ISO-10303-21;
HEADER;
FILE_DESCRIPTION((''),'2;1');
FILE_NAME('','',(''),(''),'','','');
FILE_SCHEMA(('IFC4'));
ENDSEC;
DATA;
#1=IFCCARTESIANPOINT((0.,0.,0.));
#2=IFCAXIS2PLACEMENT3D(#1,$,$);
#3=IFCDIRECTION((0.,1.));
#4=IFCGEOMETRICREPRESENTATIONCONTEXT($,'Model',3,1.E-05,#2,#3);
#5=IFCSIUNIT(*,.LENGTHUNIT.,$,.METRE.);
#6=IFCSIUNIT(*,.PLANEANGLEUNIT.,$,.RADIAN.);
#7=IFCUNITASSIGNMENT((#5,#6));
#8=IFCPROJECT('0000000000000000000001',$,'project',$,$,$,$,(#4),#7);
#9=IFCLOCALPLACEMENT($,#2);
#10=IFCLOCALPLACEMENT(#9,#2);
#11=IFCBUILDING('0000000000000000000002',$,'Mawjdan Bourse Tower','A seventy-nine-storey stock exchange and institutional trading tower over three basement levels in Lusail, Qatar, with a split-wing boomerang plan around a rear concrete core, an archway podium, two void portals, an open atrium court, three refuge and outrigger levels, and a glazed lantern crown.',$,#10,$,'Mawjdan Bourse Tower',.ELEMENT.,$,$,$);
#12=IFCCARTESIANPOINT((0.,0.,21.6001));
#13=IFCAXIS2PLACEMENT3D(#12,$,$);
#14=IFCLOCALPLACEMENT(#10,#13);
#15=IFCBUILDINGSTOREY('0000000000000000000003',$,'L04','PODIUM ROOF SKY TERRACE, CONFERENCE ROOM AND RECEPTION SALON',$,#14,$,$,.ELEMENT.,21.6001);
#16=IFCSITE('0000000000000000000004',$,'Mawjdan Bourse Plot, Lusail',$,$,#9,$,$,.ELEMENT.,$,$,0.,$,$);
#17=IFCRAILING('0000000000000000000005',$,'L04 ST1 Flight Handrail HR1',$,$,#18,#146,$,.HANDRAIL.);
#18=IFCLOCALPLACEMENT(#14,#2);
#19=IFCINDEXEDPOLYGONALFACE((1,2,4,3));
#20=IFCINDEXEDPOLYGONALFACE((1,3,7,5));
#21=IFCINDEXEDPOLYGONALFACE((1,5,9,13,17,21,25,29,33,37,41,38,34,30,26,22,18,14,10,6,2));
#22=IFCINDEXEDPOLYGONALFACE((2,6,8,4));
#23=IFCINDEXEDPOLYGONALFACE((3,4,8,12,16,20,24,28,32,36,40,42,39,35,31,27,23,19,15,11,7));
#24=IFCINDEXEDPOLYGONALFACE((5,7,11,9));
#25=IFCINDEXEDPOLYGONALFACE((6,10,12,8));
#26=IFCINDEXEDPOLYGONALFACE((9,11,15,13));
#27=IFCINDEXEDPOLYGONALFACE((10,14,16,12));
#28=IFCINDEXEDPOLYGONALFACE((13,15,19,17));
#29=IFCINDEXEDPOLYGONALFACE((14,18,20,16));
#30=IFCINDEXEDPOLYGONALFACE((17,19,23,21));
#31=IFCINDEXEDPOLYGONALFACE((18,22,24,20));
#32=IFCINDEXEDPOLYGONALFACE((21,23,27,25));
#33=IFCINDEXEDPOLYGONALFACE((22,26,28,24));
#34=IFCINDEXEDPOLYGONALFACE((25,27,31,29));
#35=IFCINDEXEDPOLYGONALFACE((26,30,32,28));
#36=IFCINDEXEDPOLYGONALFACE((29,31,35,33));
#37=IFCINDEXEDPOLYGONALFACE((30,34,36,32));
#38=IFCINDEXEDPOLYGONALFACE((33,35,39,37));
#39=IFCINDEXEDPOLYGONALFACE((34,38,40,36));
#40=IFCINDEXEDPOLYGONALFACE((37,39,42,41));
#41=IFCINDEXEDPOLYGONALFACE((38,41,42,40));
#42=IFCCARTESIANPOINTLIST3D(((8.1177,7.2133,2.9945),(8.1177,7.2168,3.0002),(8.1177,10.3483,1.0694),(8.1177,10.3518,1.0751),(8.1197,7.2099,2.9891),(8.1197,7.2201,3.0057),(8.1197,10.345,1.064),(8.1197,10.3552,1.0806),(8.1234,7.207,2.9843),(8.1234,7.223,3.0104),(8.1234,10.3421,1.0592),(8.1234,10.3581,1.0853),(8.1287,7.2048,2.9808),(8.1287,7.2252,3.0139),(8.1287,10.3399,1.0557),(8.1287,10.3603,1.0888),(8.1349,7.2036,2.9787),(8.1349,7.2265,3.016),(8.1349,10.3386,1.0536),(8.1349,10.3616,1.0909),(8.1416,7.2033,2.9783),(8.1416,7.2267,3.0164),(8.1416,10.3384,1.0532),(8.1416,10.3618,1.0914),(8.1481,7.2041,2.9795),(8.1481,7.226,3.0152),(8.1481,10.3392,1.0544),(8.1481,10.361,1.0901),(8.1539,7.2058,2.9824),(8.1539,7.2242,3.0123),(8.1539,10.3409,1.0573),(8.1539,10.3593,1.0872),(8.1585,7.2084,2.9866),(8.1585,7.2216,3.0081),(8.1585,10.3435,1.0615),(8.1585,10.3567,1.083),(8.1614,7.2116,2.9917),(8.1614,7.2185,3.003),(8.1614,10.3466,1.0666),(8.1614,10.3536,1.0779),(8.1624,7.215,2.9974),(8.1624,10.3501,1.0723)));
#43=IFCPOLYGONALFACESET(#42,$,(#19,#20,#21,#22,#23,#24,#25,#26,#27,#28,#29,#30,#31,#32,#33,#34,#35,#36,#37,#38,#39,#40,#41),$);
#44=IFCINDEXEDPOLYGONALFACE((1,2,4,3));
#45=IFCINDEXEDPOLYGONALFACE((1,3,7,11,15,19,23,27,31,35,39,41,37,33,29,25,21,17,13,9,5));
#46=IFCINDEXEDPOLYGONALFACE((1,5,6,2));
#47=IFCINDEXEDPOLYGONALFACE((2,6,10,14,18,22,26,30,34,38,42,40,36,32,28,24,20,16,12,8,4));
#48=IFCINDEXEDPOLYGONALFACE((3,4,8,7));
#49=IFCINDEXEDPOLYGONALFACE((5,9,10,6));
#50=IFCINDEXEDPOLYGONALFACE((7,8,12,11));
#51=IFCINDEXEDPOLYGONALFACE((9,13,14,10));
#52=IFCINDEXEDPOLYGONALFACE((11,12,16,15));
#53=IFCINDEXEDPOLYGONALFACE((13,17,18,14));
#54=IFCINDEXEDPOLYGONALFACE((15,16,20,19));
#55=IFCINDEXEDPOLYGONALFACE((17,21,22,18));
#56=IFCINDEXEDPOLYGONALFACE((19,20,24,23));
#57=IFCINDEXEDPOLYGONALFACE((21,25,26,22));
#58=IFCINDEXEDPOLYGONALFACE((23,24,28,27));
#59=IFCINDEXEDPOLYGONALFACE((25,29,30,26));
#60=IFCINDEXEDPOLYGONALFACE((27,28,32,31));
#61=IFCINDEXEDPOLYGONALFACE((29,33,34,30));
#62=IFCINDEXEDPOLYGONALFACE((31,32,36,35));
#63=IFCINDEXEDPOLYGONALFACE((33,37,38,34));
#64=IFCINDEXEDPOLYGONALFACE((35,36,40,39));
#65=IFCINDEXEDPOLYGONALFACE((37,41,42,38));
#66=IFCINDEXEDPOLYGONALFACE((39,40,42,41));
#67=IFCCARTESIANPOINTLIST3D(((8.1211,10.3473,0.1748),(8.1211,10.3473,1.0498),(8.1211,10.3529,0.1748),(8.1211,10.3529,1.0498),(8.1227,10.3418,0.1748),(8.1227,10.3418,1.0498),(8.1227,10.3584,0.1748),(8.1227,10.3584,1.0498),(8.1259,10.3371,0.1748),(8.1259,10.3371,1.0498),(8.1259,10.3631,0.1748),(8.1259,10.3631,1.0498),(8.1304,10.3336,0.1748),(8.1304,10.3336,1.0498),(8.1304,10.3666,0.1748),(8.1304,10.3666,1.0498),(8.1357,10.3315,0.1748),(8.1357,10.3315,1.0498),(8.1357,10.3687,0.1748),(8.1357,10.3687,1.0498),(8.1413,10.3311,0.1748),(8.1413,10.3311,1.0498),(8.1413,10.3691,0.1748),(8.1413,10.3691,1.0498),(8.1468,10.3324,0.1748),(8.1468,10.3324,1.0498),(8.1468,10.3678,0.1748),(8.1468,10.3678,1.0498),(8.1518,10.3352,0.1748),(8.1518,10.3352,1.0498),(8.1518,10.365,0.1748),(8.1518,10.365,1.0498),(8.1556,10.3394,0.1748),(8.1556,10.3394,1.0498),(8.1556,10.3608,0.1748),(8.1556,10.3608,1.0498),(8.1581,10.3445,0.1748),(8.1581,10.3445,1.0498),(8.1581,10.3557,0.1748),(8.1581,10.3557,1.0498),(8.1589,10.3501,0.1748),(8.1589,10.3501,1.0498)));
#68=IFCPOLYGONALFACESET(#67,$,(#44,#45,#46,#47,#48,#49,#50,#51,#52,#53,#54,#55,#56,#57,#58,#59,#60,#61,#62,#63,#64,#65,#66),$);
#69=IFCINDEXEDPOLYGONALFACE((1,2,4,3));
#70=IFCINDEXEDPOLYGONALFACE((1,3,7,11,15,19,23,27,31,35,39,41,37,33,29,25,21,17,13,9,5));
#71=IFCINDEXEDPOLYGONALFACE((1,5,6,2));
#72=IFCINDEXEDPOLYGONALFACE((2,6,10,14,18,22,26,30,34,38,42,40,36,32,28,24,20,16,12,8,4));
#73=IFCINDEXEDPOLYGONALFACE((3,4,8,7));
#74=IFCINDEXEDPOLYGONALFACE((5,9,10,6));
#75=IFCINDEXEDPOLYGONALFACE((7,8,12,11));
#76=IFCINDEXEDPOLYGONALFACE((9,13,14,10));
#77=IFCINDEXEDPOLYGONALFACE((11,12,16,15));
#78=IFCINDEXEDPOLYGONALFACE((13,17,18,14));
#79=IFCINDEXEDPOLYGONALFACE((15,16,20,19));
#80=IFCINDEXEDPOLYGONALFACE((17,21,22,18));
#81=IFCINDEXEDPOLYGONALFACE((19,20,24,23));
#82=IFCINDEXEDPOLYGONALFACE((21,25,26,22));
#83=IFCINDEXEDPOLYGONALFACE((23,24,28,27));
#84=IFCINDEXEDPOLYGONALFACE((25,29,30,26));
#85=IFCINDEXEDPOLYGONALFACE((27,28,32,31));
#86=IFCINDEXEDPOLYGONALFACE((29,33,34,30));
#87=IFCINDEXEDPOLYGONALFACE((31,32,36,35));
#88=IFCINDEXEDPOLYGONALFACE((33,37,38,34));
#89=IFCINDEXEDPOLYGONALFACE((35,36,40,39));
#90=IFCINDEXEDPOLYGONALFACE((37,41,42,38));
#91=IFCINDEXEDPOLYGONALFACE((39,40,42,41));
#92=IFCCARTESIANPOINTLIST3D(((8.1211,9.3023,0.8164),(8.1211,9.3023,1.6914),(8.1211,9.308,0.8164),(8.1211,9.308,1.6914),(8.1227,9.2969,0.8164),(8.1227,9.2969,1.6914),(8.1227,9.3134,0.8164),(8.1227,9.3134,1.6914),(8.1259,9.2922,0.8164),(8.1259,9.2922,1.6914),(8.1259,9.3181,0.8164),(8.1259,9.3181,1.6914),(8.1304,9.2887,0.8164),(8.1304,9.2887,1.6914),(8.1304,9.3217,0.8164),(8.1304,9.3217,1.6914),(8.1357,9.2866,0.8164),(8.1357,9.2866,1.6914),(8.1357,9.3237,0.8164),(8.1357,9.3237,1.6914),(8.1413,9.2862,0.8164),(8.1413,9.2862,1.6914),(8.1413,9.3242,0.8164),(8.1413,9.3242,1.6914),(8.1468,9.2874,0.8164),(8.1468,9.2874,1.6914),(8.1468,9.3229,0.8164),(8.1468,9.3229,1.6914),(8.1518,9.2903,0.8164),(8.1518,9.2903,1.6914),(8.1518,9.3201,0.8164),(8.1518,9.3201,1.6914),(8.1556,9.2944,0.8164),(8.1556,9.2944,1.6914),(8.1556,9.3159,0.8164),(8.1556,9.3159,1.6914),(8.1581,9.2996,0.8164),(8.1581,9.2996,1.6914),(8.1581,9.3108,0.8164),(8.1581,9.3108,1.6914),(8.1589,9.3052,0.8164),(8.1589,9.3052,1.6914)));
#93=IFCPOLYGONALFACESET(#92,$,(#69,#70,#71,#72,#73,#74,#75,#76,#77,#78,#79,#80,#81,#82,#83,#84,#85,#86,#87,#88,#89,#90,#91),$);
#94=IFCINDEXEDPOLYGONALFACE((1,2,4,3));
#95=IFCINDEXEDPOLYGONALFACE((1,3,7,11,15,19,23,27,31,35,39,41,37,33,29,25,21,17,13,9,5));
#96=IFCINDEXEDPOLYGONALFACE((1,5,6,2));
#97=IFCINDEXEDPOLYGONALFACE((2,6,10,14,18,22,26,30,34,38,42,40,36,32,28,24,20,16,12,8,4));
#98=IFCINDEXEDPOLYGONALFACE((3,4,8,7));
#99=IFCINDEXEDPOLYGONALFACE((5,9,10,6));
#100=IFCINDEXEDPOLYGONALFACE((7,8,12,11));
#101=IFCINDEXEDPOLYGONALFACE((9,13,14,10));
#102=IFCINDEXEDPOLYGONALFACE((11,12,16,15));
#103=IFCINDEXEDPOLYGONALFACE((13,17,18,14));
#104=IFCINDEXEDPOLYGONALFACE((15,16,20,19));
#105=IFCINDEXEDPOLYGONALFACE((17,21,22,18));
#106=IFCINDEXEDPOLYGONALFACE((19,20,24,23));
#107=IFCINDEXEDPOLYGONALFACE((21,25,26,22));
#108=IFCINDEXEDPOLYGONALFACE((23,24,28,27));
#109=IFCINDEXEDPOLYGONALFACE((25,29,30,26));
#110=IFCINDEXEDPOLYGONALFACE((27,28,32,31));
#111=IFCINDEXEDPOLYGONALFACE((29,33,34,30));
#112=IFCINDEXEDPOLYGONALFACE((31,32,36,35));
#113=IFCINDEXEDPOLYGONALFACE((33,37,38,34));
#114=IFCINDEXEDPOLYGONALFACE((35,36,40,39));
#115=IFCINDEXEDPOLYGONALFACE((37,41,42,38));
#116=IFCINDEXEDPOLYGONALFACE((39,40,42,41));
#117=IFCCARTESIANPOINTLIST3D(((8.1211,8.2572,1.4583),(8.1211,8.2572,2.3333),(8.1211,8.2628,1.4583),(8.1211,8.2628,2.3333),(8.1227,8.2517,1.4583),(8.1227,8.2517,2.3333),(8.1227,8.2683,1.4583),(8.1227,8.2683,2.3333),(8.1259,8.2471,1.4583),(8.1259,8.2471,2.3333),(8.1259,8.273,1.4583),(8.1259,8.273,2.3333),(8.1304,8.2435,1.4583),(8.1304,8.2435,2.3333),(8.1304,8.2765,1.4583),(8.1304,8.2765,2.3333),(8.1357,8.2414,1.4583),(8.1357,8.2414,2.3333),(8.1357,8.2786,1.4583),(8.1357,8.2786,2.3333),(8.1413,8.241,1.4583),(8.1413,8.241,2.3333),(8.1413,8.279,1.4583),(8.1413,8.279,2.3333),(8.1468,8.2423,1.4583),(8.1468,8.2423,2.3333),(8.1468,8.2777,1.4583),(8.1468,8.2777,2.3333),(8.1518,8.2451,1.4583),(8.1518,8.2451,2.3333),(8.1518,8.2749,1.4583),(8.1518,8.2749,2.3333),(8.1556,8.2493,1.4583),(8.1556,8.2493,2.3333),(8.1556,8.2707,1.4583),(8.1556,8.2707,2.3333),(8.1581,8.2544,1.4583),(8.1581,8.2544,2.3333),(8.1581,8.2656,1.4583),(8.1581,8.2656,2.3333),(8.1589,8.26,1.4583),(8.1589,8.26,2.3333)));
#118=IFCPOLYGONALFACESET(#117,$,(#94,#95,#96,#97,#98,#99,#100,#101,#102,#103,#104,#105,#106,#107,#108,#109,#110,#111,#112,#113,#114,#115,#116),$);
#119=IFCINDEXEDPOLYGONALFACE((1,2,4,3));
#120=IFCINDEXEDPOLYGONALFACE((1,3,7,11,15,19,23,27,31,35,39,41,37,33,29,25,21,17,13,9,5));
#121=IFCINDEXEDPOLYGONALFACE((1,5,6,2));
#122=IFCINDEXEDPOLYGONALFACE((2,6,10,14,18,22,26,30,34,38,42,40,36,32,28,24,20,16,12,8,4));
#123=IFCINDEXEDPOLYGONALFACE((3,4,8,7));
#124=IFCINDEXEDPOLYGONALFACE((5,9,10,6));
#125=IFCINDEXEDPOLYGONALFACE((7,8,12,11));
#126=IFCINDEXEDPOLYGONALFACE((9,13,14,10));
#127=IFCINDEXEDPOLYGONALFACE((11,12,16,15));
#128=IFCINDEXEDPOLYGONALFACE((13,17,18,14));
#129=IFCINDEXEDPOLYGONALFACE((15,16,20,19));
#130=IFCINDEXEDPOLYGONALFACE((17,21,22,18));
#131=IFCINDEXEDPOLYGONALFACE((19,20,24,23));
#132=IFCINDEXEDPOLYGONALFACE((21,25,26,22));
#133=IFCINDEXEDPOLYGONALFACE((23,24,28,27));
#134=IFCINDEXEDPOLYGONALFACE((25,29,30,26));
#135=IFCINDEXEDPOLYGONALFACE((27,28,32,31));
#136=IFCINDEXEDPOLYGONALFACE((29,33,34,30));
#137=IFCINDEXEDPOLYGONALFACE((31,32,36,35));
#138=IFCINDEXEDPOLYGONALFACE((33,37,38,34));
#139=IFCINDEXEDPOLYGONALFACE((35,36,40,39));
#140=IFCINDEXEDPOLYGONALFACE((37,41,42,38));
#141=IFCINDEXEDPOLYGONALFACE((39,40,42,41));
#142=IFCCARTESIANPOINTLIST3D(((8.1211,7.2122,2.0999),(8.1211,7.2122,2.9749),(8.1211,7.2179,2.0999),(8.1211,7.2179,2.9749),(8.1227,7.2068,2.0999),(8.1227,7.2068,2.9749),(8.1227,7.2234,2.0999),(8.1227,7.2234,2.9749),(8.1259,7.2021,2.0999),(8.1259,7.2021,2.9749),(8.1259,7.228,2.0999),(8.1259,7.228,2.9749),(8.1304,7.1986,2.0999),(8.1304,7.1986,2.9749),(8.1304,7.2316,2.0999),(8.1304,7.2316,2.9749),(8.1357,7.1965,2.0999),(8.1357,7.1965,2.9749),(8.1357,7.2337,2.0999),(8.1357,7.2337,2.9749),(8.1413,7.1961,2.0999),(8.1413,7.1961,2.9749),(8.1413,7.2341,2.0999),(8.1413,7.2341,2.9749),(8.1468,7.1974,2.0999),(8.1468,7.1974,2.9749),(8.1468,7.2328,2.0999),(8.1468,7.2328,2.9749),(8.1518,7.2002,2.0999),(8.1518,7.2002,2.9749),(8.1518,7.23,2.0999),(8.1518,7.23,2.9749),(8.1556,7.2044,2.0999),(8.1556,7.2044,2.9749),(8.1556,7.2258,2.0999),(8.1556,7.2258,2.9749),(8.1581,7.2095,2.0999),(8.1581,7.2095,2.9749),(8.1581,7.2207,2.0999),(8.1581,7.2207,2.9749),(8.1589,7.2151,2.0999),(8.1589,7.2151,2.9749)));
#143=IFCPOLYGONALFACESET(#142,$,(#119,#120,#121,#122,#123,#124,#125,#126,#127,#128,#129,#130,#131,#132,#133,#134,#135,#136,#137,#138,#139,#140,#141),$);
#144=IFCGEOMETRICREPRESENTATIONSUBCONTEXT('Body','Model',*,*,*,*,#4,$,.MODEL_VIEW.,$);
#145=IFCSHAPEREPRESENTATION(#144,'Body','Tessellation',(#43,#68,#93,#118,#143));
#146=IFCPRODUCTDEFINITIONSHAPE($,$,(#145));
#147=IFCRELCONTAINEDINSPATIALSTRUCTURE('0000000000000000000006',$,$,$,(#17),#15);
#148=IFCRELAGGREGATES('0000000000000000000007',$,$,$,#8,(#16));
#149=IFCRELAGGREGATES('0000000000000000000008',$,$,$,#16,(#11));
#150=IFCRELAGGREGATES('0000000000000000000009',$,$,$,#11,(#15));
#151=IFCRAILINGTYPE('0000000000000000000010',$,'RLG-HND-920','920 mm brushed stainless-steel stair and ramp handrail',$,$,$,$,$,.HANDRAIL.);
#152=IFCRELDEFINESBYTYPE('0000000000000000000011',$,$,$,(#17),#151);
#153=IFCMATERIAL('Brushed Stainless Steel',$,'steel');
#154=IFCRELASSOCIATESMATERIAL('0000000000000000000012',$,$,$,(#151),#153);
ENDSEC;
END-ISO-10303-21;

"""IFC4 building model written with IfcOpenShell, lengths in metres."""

from ifc_helpers import new_model, si_unit, direction, frame, origin, origin_2d, place, context, subcontext, project, spatial, circle, extrude, material, type_object, element, save


model = new_model("IFC4")

# Units and contexts
model_context = context("Model", 3, precision=1e-05, world=origin(), true_north=direction((0.0, 1.0)))
body_context = subcontext(model_context, "Body", "Model", "MODEL_VIEW")
ifc_project = project(units=[si_unit("LENGTHUNIT", "METRE"), si_unit("PLANEANGLEUNIT", "RADIAN")], contexts=[model_context])

# Site, building, storey
site_placement = place(None, origin())
site = spatial("IfcSite", under=ifc_project, at=site_placement, Name="Mawjdan Bourse Plot, Lusail", CompositionType="ELEMENT", RefElevation=0.0)
building_placement = place(site_placement, origin())
building = spatial("IfcBuilding", under=site, at=building_placement, Name="Mawjdan Bourse Tower", Description="A seventy-nine-storey stock exchange and institutional trading tower over three basement levels in Lusail, Qatar, with a split-wing boomerang plan around a rear concrete core, an archway podium, two void portals, an open atrium court, three refuge and outrigger levels, and a glazed lantern crown.", LongName="Mawjdan Bourse Tower", CompositionType="ELEMENT")
storey_placement = place(building_placement, frame((0.0, 0.0, 21.6001)))
storey = spatial("IfcBuildingStorey", under=building, at=storey_placement, Name="L04", Description="PODIUM ROOF SKY TERRACE, CONFERENCE ROOM AND RECEPTION SALON", CompositionType="ELEMENT", Elevation=21.6001)

# Railing
ifc_material_1 = material(Name="Brushed Stainless Steel", Category="steel")
railing_type_1 = type_object("IfcRailingType", Name="RLG-HND-920", Description="920 mm brushed stainless-steel stair and ramp handrail", PredefinedType="HANDRAIL", material=ifc_material_1)
railing_placement = place(storey_placement, frame((8.1399, 10.3501, 0.1748)))
element("IfcRailing", 1, at=railing_placement, inside=storey, type_object=railing_type_1, Name="L04 ST1 Flight Handrail HR1", PredefinedType="HANDRAIL", context=body_context, shape_type="SweptSolid", body=[
    extrude(circle(Radius=0.0225, at=origin_2d()), frame((0.0, 0.0, 0.8975), z_axis=(0.0, -0.852166, 0.523271), x_axis=(1.0, 0.0, 0.0)), (0.0, 0.0, 1.0), 3.679),
    extrude(circle(Radius=0.019, at=origin_2d()), origin(), (0.0, 0.0, 1.0), 0.875),
    extrude(circle(Radius=0.019, at=origin_2d()), frame((0.0, -1.0449, 0.6416)), (0.0, 0.0, 1.0), 0.875),
    extrude(circle(Radius=0.019, at=origin_2d()), frame((0.0, -2.0901, 1.2834)), (0.0, 0.0, 1.0), 0.875),
    extrude(circle(Radius=0.019, at=origin_2d()), frame((0.0, -3.135, 1.925)), (0.0, 0.0, 1.0), 0.875),
])

save(model, "model.ifc")
